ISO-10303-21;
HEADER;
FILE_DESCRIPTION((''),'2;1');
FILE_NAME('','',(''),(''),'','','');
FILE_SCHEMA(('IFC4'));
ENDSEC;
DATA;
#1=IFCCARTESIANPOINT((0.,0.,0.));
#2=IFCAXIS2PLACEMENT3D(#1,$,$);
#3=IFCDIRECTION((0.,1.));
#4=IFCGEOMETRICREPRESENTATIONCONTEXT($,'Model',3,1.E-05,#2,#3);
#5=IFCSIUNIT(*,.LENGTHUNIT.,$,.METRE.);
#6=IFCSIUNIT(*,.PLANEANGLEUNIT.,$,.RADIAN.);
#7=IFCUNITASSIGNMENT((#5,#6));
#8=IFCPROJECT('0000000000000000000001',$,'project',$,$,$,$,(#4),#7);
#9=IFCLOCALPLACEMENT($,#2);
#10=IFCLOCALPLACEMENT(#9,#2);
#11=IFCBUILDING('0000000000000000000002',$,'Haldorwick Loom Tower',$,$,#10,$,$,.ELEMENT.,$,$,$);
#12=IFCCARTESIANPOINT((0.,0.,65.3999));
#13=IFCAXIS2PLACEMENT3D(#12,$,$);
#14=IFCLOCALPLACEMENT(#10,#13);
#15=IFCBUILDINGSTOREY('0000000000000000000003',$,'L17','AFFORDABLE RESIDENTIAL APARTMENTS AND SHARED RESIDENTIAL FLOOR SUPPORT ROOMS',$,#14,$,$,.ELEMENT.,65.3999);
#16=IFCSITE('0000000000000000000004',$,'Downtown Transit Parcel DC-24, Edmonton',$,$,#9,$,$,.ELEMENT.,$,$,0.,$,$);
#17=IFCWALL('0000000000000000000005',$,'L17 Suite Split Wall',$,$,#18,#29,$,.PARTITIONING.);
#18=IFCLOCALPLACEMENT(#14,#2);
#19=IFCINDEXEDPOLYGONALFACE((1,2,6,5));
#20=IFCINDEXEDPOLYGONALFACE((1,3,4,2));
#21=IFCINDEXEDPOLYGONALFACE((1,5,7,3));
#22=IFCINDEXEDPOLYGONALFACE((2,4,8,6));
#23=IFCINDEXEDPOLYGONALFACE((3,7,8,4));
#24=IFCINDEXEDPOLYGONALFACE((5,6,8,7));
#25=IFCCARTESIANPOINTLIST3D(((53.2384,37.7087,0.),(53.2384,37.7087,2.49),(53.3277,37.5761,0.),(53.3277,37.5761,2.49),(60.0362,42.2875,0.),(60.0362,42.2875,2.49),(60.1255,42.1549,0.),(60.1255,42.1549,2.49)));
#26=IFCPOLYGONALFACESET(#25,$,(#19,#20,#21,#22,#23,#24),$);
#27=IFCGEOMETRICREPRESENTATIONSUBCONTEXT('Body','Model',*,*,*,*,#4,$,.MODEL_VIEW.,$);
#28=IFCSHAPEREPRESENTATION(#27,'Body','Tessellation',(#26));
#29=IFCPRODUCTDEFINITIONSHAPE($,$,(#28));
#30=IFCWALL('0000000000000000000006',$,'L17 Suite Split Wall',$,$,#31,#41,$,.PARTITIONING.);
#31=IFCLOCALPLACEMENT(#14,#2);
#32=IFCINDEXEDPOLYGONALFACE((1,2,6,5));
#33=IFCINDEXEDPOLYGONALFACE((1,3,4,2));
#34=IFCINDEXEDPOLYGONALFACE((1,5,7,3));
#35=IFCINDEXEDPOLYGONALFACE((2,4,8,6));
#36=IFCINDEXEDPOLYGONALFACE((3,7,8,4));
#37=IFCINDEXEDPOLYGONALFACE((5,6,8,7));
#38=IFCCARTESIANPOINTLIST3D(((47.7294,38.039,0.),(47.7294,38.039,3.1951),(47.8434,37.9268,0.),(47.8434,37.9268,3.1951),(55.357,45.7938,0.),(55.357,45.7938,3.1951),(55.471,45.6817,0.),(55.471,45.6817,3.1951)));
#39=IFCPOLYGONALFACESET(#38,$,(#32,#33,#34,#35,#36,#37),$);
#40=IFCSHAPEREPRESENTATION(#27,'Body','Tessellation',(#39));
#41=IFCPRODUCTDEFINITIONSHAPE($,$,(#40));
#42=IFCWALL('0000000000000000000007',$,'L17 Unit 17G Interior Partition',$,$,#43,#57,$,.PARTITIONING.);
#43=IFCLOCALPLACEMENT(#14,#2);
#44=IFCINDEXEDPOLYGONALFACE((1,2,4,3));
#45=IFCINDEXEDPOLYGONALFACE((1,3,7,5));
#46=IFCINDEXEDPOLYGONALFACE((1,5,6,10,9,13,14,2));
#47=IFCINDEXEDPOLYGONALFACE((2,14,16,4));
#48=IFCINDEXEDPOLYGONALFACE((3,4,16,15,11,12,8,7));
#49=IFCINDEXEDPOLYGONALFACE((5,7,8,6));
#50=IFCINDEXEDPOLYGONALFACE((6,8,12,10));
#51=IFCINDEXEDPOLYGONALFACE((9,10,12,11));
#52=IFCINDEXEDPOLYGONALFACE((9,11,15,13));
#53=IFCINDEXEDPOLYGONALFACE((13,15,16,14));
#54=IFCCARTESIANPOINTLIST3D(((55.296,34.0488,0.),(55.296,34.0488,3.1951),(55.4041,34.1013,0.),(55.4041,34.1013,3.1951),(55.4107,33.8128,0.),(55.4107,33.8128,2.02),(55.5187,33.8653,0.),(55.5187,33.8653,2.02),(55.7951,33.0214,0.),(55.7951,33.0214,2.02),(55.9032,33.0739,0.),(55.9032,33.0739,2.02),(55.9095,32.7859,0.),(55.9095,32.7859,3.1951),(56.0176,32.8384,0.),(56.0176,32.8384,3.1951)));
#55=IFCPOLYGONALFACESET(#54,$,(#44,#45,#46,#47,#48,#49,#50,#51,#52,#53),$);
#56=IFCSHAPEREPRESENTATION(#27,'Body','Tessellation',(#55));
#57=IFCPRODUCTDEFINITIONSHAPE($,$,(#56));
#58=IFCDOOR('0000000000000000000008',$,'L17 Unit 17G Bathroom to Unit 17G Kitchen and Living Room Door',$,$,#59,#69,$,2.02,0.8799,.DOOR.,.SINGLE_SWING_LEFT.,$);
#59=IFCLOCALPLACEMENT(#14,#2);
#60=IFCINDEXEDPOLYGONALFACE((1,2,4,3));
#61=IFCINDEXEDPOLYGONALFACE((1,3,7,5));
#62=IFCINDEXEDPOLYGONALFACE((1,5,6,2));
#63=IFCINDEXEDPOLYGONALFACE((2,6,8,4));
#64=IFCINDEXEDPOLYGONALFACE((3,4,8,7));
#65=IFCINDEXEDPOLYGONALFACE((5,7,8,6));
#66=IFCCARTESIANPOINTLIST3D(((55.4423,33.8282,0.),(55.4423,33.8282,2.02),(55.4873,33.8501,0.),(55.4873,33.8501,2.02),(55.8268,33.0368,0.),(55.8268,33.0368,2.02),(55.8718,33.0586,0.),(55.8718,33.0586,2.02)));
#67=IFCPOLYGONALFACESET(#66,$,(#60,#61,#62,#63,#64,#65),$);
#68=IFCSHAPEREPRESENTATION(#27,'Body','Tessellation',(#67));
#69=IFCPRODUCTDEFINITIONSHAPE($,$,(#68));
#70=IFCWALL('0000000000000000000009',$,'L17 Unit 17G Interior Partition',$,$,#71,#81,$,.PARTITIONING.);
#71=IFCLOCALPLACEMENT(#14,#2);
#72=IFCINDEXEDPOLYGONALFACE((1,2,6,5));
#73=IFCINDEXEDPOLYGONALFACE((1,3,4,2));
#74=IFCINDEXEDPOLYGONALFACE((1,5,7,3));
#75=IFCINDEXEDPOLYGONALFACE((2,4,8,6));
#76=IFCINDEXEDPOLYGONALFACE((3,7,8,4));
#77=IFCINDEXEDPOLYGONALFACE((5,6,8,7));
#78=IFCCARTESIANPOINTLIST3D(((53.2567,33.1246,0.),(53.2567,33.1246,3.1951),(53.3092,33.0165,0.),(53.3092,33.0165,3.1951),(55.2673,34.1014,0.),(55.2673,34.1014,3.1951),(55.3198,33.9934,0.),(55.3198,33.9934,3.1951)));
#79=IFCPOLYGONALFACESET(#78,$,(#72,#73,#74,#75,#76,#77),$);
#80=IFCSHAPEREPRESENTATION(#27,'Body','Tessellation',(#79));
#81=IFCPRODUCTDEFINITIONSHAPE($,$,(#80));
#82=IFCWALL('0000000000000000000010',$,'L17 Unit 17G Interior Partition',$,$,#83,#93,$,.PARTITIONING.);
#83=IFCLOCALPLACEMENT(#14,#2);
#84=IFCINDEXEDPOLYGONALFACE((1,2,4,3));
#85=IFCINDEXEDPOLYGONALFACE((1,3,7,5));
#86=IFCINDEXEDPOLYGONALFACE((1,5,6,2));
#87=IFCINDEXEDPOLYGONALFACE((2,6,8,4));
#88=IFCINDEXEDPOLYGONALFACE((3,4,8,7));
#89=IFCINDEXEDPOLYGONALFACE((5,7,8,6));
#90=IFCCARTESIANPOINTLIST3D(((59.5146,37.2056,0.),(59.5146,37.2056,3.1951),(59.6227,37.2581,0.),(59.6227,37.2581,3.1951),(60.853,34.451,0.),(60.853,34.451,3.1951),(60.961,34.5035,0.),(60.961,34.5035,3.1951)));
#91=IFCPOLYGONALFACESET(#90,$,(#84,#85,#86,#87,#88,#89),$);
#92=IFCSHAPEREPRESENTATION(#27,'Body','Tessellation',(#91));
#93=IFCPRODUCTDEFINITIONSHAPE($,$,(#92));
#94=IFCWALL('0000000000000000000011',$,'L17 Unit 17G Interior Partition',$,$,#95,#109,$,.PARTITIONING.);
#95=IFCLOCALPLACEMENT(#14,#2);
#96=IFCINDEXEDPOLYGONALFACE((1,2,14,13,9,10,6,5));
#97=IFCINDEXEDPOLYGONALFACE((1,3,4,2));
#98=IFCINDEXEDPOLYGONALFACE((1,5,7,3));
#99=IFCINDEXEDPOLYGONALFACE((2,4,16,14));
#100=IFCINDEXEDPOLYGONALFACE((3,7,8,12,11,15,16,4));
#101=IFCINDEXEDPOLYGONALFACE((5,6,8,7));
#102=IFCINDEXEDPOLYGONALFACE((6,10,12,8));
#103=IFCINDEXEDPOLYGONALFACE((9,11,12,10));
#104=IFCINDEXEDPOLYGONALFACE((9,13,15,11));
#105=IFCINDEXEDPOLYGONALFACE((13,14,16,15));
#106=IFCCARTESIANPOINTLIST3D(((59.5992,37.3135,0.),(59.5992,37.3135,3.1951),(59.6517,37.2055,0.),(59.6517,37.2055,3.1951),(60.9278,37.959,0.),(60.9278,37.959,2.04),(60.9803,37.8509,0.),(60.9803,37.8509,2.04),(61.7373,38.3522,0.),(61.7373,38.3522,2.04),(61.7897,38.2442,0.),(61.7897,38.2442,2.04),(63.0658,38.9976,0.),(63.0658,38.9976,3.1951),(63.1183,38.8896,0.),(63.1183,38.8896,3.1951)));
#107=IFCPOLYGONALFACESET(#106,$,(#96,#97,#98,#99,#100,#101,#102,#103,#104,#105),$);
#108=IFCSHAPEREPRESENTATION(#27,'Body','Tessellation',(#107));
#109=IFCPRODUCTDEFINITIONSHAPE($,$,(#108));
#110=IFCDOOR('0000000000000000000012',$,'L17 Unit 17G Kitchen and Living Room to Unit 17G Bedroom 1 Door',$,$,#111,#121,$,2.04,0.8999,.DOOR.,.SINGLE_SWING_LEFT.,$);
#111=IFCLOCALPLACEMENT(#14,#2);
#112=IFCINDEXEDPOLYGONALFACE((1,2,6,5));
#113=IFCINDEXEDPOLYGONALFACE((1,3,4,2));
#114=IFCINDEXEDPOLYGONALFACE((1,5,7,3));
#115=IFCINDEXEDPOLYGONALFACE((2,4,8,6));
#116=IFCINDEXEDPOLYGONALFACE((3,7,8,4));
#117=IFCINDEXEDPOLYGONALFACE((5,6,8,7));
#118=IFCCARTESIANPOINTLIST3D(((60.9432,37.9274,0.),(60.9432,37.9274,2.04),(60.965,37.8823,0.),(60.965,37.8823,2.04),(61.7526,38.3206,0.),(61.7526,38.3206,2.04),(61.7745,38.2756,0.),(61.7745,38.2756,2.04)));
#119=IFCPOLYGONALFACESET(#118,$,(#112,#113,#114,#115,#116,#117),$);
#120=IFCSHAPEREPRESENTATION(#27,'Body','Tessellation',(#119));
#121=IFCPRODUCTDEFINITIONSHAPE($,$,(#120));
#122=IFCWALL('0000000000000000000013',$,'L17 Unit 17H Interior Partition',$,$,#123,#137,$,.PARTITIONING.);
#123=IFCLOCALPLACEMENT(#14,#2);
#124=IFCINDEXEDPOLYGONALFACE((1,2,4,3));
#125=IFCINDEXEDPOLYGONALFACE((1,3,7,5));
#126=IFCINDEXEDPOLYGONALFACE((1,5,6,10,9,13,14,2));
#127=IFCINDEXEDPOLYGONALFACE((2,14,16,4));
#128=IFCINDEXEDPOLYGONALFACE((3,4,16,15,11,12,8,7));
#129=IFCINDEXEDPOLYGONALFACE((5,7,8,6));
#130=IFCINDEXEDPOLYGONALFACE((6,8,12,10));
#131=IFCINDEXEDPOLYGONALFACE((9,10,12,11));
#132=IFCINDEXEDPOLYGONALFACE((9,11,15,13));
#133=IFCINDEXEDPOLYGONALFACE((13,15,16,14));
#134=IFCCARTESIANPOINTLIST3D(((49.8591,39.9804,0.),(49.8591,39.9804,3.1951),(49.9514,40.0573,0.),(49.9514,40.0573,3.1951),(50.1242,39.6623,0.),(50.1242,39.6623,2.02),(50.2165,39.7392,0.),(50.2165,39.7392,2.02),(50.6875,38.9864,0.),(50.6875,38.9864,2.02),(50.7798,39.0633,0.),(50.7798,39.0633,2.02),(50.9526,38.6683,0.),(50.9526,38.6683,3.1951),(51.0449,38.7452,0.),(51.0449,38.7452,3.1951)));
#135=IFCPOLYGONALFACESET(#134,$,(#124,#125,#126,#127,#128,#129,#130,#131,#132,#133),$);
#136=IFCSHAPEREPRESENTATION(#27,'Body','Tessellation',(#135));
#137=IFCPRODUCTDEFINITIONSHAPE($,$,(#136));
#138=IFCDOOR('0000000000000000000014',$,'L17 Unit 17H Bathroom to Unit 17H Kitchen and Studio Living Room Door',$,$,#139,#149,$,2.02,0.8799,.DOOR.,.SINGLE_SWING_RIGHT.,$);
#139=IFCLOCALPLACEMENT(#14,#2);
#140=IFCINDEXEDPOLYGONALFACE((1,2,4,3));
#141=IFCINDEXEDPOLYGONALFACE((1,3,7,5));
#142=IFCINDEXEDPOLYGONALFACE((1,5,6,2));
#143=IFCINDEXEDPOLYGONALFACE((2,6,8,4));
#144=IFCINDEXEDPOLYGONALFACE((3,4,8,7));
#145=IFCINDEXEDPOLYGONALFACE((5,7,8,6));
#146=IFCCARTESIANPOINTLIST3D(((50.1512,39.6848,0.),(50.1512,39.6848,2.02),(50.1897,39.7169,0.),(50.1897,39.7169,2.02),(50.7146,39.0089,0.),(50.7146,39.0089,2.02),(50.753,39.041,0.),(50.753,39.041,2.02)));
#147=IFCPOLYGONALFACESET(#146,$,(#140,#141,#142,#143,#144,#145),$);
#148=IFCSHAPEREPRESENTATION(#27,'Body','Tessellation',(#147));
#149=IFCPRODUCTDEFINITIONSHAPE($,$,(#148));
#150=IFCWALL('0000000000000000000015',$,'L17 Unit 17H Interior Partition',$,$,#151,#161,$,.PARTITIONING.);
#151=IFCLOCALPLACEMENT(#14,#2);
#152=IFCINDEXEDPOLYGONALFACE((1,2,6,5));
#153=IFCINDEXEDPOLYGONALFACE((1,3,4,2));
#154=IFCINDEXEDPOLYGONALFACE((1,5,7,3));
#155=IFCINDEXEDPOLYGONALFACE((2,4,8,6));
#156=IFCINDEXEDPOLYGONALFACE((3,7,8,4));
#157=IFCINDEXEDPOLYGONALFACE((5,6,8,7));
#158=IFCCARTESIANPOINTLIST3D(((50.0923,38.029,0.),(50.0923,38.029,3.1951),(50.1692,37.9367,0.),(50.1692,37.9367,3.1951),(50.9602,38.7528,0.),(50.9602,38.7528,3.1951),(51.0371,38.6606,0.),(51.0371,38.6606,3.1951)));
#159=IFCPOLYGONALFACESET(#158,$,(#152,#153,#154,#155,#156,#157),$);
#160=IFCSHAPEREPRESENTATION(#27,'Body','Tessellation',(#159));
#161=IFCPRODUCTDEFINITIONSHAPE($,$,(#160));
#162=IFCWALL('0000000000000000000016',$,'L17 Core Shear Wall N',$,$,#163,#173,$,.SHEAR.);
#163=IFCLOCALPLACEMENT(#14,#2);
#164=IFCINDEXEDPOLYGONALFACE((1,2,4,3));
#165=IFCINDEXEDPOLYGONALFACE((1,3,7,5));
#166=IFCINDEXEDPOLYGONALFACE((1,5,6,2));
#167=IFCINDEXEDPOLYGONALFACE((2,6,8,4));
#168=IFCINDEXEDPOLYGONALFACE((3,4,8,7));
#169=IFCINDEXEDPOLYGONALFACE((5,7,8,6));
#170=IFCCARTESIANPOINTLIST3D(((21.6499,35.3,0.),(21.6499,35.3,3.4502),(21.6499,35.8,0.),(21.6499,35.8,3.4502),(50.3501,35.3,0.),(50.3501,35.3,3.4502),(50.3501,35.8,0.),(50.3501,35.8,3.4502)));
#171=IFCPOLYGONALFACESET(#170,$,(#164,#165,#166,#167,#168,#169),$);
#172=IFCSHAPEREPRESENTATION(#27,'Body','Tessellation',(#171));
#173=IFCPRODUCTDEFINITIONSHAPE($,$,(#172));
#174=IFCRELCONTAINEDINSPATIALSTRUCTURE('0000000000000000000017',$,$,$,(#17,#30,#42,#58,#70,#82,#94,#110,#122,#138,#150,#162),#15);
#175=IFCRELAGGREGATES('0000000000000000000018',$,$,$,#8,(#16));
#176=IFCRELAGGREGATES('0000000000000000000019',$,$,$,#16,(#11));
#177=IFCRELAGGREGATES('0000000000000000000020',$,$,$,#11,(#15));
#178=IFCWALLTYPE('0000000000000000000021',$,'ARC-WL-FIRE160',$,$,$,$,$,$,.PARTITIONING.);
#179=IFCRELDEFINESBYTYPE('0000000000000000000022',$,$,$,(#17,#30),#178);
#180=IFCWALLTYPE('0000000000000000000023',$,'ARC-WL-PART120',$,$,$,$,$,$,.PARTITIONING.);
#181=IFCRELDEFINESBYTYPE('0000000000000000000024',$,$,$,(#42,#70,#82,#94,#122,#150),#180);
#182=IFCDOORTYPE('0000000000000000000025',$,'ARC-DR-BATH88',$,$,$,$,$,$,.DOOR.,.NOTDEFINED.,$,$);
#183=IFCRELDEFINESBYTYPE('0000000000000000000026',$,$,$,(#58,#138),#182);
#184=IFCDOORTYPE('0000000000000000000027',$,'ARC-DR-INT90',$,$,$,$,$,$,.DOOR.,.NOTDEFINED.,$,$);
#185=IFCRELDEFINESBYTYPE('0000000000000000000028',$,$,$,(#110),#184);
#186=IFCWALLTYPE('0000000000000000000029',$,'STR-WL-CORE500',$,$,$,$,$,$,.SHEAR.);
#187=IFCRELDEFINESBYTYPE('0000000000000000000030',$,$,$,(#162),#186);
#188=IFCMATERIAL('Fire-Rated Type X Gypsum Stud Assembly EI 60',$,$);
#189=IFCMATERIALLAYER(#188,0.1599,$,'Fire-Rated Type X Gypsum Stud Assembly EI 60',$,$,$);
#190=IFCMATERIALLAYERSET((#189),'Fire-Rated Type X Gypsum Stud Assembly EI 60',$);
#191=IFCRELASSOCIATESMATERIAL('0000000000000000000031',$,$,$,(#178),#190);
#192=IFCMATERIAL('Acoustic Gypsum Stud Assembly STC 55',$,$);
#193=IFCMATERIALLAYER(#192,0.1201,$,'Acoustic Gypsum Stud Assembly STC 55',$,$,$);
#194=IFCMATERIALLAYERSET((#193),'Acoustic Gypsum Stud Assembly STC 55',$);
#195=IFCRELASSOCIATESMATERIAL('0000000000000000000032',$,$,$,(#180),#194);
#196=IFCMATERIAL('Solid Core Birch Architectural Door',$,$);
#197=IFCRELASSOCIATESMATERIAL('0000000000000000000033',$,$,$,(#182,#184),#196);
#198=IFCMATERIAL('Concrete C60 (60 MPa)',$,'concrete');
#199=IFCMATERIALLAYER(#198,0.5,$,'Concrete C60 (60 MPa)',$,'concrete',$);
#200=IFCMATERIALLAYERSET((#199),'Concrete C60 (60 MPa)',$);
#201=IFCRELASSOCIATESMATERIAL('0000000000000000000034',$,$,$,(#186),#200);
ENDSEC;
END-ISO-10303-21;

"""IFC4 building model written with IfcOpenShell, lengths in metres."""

from ifc_helpers import new_model, si_unit, direction, frame, frame_2d, origin, place, context, subcontext, project, spatial, rectangle, extrude, material, layer, layer_set, type_object, element, fill, save


model = new_model("IFC4")

# Units and contexts
model_context = context("Model", 3, precision=1e-05, world=origin(), true_north=direction((0.0, 1.0)))
body_context = subcontext(model_context, "Body", "Model", "MODEL_VIEW")
ifc_project = project(units=[si_unit("LENGTHUNIT", "METRE"), si_unit("PLANEANGLEUNIT", "RADIAN")], contexts=[model_context])

# Site, building, storey
site_placement = place(None, origin())
site = spatial("IfcSite", under=ifc_project, at=site_placement, Name="Downtown Transit Parcel DC-24, Edmonton", CompositionType="ELEMENT", RefElevation=0.0)
building_placement = place(site_placement, origin())
building = spatial("IfcBuilding", under=site, at=building_placement, Name="Haldorwick Loom Tower", CompositionType="ELEMENT")
storey_placement = place(building_placement, frame((0.0, 0.0, 65.3999)))
storey = spatial("IfcBuildingStorey", under=building, at=storey_placement, Name="L17", Description="AFFORDABLE RESIDENTIAL APARTMENTS AND SHARED RESIDENTIAL FLOOR SUPPORT ROOMS", CompositionType="ELEMENT", Elevation=65.3999)

# Shared definitions
ifc_material_1 = material(Name="Concrete C60 (60 MPa)", Category="concrete")

# Shared definitions
ifc_material_2 = material(Name="Fire-Rated Type X Gypsum Stud Assembly EI 60")
ifc_layer_1 = layer(ifc_material_2, 0.1599, Name="Fire-Rated Type X Gypsum Stud Assembly EI 60")
ifc_layer_set_1 = layer_set([ifc_layer_1], Name="Fire-Rated Type X Gypsum Stud Assembly EI 60")
wall_type_1 = type_object("IfcWallType", Name="ARC-WL-FIRE160", PredefinedType="PARTITIONING", material=ifc_layer_set_1)

# Walls
wall_1_placement = place(storey_placement, frame((53.283, 37.6423, 0.0), z_axis=(0.0, 0.0, 1.0), x_axis=(0.829397, 0.55866, 0.0)))
element("IfcWall", 1, at=wall_1_placement, inside=storey, type_object=wall_type_1, Name="L17 Suite Split Wall", PredefinedType="PARTITIONING", context=body_context, shape_type="SweptSolid", body=[
    extrude(rectangle(XDim=8.196, YDim=0.1599, at=frame_2d((4.0981, 0.0))), origin(), (0.0, 0.0, 1.0), 2.49),
])
wall_2_placement = place(storey_placement, frame((47.7864, 37.9829, 0.0), z_axis=(0.0, 0.0, 1.0), x_axis=(0.701236, 0.712929, 0.0)))
element("IfcWall", 2, at=wall_2_placement, inside=storey, type_object=wall_type_1, Name="L17 Suite Split Wall", PredefinedType="PARTITIONING", context=body_context, shape_type="SweptSolid", body=[
    extrude(rectangle(XDim=10.8774, YDim=0.1599, at=frame_2d((5.4387, 0.0))), origin(), (0.0, 0.0, 1.0), 3.1951),
])

# Wall, opening, door
ifc_material_3 = material(Name="Acoustic Gypsum Stud Assembly STC 55")
ifc_layer_2 = layer(ifc_material_3, 0.1201, Name="Acoustic Gypsum Stud Assembly STC 55")
ifc_layer_set_2 = layer_set([ifc_layer_2], Name="Acoustic Gypsum Stud Assembly STC 55")
wall_type_2 = type_object("IfcWallType", Name="ARC-WL-PART120", PredefinedType="PARTITIONING", material=ifc_layer_set_2)
wall_3_placement = place(storey_placement, frame((55.9636, 32.812, 0.0), z_axis=(0.0, 0.0, 1.0), x_axis=(-0.43696, 0.899481, 0.0)))
wall_3 = element("IfcWall", 3, at=wall_3_placement, inside=storey, type_object=wall_type_2, Name="L17 Unit 17G Interior Partition", PredefinedType="PARTITIONING", context=body_context, shape_type="SweptSolid", body=[
    extrude(rectangle(XDim=1.4041, YDim=0.1201, at=frame_2d((0.7021, 0.0))), origin(), (0.0, 0.0, 1.0), 3.1951),
])
opening_1_placement = place(wall_3_placement, frame((0.262, 0.0, 0.0)))
opening_1 = element("IfcOpeningElement", 4, at=opening_1_placement, cuts=wall_3, PredefinedType="OPENING", context=body_context, shape_type="SweptSolid", body=[
    extrude(rectangle(XDim=0.8799, YDim=2.02, at=frame_2d((0.4399, 1.01))), frame((0.0, 0.0701, 0.0), z_axis=(0.0, -1.0, 0.0), x_axis=(1.0, 0.0, 0.0)), (0.0, 0.0, 1.0), 0.1401),
])
ifc_material_4 = material(Name="Solid Core Birch Architectural Door")
door_type_1 = type_object("IfcDoorType", Name="ARC-DR-BATH88", OperationType="NOTDEFINED", PredefinedType="DOOR", material=ifc_material_4)
door_1_placement = place(opening_1_placement, origin())
door_1 = element("IfcDoor", 5, at=door_1_placement, inside=storey, type_object=door_type_1, Name="L17 Unit 17G Bathroom to Unit 17G Kitchen and Living Room Door", OperationType="SINGLE_SWING_LEFT", OverallHeight=2.02, OverallWidth=0.8799, PredefinedType="DOOR", context=body_context, shape_type="SweptSolid", body=[
    extrude(rectangle(XDim=0.8799, YDim=2.02, at=frame_2d((0.4399, 1.01))), frame((0.0, 0.0249, 0.0), z_axis=(0.0, -1.0, 0.0), x_axis=(1.0, 0.0, 0.0)), (0.0, 0.0, 1.0), 0.05),
])
fill(opening_1, door_1)

# Walls
wall_4_placement = place(storey_placement, frame((53.283, 33.0706, 0.0), z_axis=(0.0, 0.0, 1.0), x_axis=(0.899459, 0.437005, 0.0)))
element("IfcWall", 6, at=wall_4_placement, inside=storey, type_object=wall_type_2, Name="L17 Unit 17G Interior Partition", PredefinedType="PARTITIONING", context=body_context, shape_type="SweptSolid", body=[
    extrude(rectangle(XDim=2.2354, YDim=0.1201, at=frame_2d((1.1177, 0.0))), origin(), (0.0, 0.0, 1.0), 3.1951),
])
wall_5_placement = place(storey_placement, frame((60.907, 34.4773, 0.0), z_axis=(0.0, 0.0, 1.0), x_axis=(-0.437013, 0.899455, 0.0)))
element("IfcWall", 7, at=wall_5_placement, inside=storey, type_object=wall_type_2, Name="L17 Unit 17G Interior Partition", PredefinedType="PARTITIONING", context=body_context, shape_type="SweptSolid", body=[
    extrude(rectangle(XDim=3.0625, YDim=0.1201, at=frame_2d((1.5312, 0.0))), origin(), (0.0, 0.0, 1.0), 3.1951),
])

# Walls, openings, doors
wall_6_placement = place(storey_placement, frame((59.6255, 37.2595, 0.0), z_axis=(0.0, 0.0, 1.0), x_axis=(0.899475, 0.436973, 0.0)))
wall_6 = element("IfcWall", 8, at=wall_6_placement, inside=storey, type_object=wall_type_2, Name="L17 Unit 17G Interior Partition", PredefinedType="PARTITIONING", context=body_context, shape_type="SweptSolid", body=[
    extrude(rectangle(XDim=3.854, YDim=0.1201, at=frame_2d((1.927, 0.0))), origin(), (0.0, 0.0, 1.0), 3.1951),
])
opening_2_placement = place(wall_6_placement, frame((1.4771, 0.0, 0.0)))
opening_2 = element("IfcOpeningElement", 9, at=opening_2_placement, cuts=wall_6, PredefinedType="OPENING", context=body_context, shape_type="SweptSolid", body=[
    extrude(rectangle(XDim=0.8999, YDim=2.04, at=frame_2d((0.45, 1.02))), frame((0.0, 0.0701, 0.0), z_axis=(0.0, -1.0, 0.0), x_axis=(1.0, 0.0, 0.0)), (0.0, 0.0, 1.0), 0.1401),
])
door_type_2 = type_object("IfcDoorType", Name="ARC-DR-INT90", OperationType="NOTDEFINED", PredefinedType="DOOR", material=ifc_material_4)
door_2_placement = place(opening_2_placement, origin())
door_2 = element("IfcDoor", 10, at=door_2_placement, inside=storey, type_object=door_type_2, Name="L17 Unit 17G Kitchen and Living Room to Unit 17G Bedroom 1 Door", OperationType="SINGLE_SWING_LEFT", OverallHeight=2.04, OverallWidth=0.8999, PredefinedType="DOOR", context=body_context, shape_type="SweptSolid", body=[
    extrude(rectangle(XDim=0.8999, YDim=2.04, at=frame_2d((0.45, 1.02))), frame((0.0, 0.0249, 0.0), z_axis=(0.0, -1.0, 0.0), x_axis=(1.0, 0.0, 0.0)), (0.0, 0.0, 1.0), 0.05),
])
fill(opening_2, door_2)
wall_7_placement = place(storey_placement, frame((50.9988, 38.7068, 0.0), z_axis=(0.0, 0.0, 1.0), x_axis=(-0.640241, 0.768174, 0.0)))
wall_7 = element("IfcWall", 11, at=wall_7_placement, inside=storey, type_object=wall_type_2, Name="L17 Unit 17H Interior Partition", PredefinedType="PARTITIONING", context=body_context, shape_type="SweptSolid", body=[
    extrude(rectangle(XDim=1.708, YDim=0.1201, at=frame_2d((0.854, 0.0))), origin(), (0.0, 0.0, 1.0), 3.1951),
])
opening_3_placement = place(wall_7_placement, frame((0.4141, 0.0, 0.0)))
opening_3 = element("IfcOpeningElement", 12, at=opening_3_placement, cuts=wall_7, PredefinedType="OPENING", context=body_context, shape_type="SweptSolid", body=[
    extrude(rectangle(XDim=0.8799, YDim=2.02, at=frame_2d((0.4399, 1.01))), frame((0.0, 0.0701, 0.0), z_axis=(0.0, -1.0, 0.0), x_axis=(1.0, 0.0, 0.0)), (0.0, 0.0, 1.0), 0.1401),
])
door_3_placement = place(opening_3_placement, origin())
door_3 = element("IfcDoor", 13, at=door_3_placement, inside=storey, type_object=door_type_1, Name="L17 Unit 17H Bathroom to Unit 17H Kitchen and Studio Living Room Door", OperationType="SINGLE_SWING_RIGHT", OverallHeight=2.02, OverallWidth=0.8799, PredefinedType="DOOR", context=body_context, shape_type="SweptSolid", body=[
    extrude(rectangle(XDim=0.8799, YDim=2.02, at=frame_2d((0.4399, 1.01))), frame((0.0, 0.0249, 0.0), z_axis=(0.0, -1.0, 0.0), x_axis=(1.0, 0.0, 0.0)), (0.0, 0.0, 1.0), 0.05),
])
fill(opening_3, door_3)

# Walls
wall_8_placement = place(storey_placement, frame((50.1309, 37.9829, 0.0), z_axis=(0.0, 0.0, 1.0), x_axis=(0.767956, 0.640503, 0.0)))
element("IfcWall", 14, at=wall_8_placement, inside=storey, type_object=wall_type_2, Name="L17 Unit 17H Interior Partition", PredefinedType="PARTITIONING", context=body_context, shape_type="SweptSolid", body=[
    extrude(rectangle(XDim=1.1301, YDim=0.1201, at=frame_2d((0.5649, 0.0))), origin(), (0.0, 0.0, 1.0), 3.1951),
])
ifc_layer_3 = layer(ifc_material_1, 0.5, Name="Concrete C60 (60 MPa)", Category="concrete")
ifc_layer_set_3 = layer_set([ifc_layer_3], Name="Concrete C60 (60 MPa)")
wall_type_3 = type_object("IfcWallType", Name="STR-WL-CORE500", PredefinedType="SHEAR", material=ifc_layer_set_3)
wall_9_placement = place(storey_placement, frame((50.3501, 35.55, 0.0), z_axis=(0.0, 0.0, 1.0), x_axis=(-1.0, 0.0, 0.0)))
element("IfcWall", 15, at=wall_9_placement, inside=storey, type_object=wall_type_3, Name="L17 Core Shear Wall N", PredefinedType="SHEAR", context=body_context, shape_type="SweptSolid", body=[
    extrude(rectangle(XDim=28.7002, YDim=0.5, at=frame_2d((14.3501, 0.0))), origin(), (0.0, 0.0, 1.0), 3.4502),
])

save(model, "model.ifc")
